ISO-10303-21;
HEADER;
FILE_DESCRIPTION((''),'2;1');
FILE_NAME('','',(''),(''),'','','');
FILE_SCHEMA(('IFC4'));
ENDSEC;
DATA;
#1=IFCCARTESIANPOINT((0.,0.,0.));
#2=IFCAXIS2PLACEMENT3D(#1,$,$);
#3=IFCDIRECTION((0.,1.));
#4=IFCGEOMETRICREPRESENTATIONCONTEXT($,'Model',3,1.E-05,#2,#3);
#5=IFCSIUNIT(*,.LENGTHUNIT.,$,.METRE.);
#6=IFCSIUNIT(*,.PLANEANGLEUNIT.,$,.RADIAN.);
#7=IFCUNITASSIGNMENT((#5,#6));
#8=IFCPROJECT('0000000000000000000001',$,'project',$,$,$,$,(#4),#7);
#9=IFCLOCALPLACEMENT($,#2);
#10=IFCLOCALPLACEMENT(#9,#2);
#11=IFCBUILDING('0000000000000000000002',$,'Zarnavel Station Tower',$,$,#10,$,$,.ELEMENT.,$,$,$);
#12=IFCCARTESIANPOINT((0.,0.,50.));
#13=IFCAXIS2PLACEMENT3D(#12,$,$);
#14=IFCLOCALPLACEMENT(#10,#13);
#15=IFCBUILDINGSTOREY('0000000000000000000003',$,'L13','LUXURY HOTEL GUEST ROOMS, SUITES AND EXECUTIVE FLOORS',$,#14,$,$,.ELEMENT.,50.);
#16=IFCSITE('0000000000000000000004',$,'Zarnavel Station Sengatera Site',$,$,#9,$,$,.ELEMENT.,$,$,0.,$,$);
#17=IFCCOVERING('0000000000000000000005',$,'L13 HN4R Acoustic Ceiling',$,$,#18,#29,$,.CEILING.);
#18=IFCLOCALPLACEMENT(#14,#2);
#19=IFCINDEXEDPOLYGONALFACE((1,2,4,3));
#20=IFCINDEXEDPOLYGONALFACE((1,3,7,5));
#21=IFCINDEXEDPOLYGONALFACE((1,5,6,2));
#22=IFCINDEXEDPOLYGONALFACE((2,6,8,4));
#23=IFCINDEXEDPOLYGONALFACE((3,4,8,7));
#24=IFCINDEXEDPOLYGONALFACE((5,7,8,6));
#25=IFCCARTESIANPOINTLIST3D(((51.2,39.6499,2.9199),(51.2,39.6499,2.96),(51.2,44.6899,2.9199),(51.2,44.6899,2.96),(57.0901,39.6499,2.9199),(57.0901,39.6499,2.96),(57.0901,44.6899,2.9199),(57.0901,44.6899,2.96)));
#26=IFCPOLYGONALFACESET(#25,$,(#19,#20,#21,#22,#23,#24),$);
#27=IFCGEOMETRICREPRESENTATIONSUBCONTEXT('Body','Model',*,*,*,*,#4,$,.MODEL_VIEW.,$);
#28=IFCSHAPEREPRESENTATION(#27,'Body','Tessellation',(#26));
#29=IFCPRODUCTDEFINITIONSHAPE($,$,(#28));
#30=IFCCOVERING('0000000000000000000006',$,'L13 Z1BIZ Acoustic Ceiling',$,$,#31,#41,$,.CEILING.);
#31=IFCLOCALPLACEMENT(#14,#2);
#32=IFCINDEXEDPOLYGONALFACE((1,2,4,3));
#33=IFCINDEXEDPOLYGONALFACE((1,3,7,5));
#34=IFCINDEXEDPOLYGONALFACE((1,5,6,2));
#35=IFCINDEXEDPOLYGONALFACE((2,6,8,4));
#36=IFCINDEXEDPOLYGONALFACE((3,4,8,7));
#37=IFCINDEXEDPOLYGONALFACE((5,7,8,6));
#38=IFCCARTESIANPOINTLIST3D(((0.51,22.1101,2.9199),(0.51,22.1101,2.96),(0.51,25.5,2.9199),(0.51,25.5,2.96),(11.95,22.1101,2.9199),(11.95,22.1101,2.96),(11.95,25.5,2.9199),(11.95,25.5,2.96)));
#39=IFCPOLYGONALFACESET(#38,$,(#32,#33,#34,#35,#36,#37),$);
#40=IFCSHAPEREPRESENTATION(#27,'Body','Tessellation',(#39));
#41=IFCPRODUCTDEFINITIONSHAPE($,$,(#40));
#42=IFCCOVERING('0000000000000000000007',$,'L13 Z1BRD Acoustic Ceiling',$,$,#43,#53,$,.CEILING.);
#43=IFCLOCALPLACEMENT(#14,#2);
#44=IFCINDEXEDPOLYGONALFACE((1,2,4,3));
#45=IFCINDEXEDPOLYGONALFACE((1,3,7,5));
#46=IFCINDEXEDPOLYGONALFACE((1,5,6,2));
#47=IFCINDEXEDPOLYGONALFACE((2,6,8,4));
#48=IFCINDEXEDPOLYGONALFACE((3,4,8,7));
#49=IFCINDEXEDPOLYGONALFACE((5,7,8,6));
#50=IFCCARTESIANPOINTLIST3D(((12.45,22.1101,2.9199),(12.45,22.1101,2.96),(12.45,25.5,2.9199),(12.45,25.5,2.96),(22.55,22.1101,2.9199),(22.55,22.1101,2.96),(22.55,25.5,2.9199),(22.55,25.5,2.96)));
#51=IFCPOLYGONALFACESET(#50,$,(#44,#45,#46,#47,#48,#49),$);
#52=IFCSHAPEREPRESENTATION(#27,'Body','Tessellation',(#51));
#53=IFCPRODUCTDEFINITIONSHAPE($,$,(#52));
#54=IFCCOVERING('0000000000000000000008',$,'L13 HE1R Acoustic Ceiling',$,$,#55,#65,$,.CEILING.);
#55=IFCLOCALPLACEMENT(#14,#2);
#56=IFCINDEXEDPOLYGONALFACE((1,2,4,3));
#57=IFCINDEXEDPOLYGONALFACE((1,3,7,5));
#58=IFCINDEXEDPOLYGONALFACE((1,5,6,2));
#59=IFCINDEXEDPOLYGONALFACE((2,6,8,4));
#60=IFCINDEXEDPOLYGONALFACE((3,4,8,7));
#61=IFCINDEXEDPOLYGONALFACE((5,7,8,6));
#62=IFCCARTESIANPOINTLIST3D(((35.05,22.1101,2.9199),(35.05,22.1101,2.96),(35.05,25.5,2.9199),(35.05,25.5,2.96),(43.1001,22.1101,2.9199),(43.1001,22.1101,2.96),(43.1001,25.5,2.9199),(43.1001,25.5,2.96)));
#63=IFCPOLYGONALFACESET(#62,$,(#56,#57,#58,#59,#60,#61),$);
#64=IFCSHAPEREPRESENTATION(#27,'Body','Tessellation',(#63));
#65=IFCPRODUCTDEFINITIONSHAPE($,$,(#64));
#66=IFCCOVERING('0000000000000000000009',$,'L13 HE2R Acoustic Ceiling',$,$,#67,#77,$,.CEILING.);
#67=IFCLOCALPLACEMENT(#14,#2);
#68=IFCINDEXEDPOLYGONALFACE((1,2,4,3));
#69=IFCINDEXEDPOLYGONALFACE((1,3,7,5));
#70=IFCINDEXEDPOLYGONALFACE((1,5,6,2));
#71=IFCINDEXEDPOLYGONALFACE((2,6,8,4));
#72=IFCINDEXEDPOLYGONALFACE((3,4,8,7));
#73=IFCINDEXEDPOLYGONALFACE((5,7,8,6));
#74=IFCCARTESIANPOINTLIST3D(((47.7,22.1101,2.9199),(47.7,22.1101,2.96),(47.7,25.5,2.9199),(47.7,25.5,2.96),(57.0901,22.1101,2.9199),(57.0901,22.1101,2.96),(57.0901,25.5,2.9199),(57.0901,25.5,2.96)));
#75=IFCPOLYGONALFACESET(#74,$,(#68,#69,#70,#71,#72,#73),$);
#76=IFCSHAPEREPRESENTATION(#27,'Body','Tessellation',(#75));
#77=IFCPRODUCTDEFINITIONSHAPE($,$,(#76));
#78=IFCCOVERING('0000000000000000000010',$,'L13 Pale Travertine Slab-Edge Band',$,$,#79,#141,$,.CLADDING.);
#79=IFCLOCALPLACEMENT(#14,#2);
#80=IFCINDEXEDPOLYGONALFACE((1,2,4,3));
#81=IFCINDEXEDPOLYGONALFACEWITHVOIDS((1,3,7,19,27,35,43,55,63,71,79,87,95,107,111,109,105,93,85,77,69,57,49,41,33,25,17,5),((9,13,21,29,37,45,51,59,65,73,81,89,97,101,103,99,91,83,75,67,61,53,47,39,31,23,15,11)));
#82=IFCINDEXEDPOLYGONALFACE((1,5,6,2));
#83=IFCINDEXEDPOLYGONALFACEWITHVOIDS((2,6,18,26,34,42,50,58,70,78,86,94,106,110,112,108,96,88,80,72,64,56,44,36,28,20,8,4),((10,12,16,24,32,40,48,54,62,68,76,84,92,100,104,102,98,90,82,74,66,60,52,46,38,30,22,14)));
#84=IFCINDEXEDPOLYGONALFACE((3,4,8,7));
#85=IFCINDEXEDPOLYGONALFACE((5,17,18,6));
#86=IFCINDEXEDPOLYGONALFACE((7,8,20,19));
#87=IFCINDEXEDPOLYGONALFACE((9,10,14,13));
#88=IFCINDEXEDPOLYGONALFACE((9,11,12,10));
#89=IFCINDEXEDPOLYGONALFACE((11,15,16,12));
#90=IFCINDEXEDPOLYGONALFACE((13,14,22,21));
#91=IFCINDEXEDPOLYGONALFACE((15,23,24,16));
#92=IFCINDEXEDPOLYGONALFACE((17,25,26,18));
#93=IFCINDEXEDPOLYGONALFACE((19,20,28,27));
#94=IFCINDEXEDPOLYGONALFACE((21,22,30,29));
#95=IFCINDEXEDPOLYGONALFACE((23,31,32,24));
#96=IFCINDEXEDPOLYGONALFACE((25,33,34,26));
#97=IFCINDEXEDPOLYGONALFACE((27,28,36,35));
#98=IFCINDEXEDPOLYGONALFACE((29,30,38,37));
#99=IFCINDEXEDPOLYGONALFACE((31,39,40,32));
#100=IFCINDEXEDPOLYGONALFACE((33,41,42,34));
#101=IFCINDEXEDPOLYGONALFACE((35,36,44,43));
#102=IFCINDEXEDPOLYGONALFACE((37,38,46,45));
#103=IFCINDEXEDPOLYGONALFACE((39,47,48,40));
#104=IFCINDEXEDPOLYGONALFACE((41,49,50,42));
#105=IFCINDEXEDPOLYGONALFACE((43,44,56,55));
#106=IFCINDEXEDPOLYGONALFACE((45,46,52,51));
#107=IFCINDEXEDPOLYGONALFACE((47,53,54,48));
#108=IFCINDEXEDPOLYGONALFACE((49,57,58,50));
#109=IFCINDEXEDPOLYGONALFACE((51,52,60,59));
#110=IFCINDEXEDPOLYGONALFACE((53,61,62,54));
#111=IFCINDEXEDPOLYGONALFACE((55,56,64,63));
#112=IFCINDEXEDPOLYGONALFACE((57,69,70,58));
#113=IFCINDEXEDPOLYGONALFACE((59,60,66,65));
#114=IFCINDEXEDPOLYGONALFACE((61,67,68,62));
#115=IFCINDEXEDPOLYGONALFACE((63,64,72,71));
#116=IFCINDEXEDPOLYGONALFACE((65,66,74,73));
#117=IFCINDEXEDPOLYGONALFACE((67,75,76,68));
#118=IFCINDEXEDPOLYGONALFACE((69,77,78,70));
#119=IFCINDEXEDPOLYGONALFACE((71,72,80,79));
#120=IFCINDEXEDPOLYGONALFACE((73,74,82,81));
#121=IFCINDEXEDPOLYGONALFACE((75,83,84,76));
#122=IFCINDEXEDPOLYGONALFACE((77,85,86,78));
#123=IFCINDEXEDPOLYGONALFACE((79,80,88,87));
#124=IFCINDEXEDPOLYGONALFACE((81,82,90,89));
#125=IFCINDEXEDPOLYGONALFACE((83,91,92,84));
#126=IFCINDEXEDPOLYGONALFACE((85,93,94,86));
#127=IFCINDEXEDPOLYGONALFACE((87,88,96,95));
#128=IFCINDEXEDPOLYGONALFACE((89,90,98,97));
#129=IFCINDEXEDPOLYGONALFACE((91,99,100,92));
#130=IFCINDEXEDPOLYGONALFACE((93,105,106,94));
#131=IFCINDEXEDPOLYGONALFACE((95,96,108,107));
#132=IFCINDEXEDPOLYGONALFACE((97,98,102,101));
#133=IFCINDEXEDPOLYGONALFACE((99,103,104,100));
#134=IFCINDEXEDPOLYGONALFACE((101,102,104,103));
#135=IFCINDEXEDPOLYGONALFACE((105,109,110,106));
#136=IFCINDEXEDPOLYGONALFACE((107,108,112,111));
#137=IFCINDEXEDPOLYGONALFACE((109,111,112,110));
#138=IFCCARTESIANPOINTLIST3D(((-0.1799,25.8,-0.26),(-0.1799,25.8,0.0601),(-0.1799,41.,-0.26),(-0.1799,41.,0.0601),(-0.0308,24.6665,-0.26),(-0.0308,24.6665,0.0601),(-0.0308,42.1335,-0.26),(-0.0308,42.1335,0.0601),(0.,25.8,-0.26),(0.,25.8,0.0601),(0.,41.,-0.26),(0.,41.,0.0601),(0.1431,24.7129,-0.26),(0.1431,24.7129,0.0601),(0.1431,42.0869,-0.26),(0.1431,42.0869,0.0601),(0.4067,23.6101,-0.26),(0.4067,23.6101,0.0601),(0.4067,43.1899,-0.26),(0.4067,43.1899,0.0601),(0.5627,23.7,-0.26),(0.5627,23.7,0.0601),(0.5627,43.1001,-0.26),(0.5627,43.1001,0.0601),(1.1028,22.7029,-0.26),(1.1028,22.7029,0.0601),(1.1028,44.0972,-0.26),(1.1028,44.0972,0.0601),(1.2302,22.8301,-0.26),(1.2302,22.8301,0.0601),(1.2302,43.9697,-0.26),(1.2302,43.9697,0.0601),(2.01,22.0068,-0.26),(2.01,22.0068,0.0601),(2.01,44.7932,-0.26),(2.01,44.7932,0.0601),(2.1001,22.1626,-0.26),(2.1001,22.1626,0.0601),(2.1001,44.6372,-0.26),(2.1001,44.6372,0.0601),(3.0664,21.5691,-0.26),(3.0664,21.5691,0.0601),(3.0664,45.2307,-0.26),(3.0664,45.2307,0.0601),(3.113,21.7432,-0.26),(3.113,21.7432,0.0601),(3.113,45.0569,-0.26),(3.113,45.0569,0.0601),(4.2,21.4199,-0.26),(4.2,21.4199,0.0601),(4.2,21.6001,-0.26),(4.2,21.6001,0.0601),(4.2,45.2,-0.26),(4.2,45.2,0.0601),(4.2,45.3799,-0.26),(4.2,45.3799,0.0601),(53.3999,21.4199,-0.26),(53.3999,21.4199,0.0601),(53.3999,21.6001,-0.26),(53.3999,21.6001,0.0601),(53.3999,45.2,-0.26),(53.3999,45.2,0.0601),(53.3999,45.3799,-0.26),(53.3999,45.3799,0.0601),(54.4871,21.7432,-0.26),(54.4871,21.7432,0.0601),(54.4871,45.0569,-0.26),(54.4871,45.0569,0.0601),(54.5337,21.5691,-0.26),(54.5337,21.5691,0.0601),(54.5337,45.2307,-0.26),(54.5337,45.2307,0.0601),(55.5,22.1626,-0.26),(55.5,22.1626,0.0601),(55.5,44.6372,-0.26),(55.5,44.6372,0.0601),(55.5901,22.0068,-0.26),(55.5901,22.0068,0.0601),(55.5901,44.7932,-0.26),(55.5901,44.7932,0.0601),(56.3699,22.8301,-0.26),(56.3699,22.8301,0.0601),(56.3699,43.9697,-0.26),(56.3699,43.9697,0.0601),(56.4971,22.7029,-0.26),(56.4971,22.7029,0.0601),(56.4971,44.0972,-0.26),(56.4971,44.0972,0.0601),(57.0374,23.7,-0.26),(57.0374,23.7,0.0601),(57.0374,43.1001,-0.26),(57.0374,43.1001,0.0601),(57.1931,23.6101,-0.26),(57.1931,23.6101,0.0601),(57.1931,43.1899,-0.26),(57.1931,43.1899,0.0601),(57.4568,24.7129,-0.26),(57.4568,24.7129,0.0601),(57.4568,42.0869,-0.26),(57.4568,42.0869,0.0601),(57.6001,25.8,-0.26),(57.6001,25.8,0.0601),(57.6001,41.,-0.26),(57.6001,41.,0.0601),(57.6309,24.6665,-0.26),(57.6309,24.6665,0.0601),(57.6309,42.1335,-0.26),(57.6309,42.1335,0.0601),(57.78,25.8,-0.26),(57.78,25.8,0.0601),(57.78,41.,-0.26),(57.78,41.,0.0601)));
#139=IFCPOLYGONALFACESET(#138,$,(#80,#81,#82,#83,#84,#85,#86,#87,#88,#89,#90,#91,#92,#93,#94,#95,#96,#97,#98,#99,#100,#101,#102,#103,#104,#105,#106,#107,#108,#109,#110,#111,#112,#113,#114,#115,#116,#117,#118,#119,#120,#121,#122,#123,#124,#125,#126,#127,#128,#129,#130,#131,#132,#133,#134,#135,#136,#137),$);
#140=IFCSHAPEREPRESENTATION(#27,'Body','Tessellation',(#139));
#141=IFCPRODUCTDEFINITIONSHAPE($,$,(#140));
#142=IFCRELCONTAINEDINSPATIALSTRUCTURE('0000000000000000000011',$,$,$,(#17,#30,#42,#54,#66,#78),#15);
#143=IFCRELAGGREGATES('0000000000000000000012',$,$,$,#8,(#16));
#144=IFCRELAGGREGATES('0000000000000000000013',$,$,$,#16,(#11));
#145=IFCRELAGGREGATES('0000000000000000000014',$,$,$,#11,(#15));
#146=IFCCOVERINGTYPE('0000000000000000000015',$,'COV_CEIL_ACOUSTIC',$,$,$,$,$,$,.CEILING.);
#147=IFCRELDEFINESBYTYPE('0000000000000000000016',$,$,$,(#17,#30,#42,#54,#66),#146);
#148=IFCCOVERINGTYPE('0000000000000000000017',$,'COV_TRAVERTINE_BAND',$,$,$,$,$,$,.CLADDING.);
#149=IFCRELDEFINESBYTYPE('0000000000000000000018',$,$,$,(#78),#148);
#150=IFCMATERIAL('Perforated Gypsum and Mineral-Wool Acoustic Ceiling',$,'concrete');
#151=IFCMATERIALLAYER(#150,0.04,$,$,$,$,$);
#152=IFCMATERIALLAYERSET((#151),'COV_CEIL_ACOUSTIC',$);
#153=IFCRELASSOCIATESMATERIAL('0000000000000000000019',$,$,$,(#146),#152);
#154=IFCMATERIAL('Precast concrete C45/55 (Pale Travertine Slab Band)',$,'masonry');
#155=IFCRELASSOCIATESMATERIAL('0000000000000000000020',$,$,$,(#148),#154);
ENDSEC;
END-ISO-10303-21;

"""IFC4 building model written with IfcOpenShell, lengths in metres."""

from ifc_helpers import new_model, si_unit, direction, frame, origin, place, context, subcontext, project, spatial, polyline, outline, extrude, material, layer, layer_set, type_object, element, save


model = new_model("IFC4")

# Units and contexts
model_context = context("Model", 3, precision=1e-05, world=origin(), true_north=direction((0.0, 1.0)))
body_context = subcontext(model_context, "Body", "Model", "MODEL_VIEW")
ifc_project = project(units=[si_unit("LENGTHUNIT", "METRE"), si_unit("PLANEANGLEUNIT", "RADIAN")], contexts=[model_context])

# Site, building, storey
site_placement = place(None, origin())
site = spatial("IfcSite", under=ifc_project, at=site_placement, Name="Zarnavel Station Sengatera Site", CompositionType="ELEMENT", RefElevation=0.0)
building_placement = place(site_placement, origin())
building = spatial("IfcBuilding", under=site, at=building_placement, Name="Zarnavel Station Tower", CompositionType="ELEMENT")
storey_placement = place(building_placement, frame((0.0, 0.0, 50.0)))
storey = spatial("IfcBuildingStorey", under=building, at=storey_placement, Name="L13", Description="LUXURY HOTEL GUEST ROOMS, SUITES AND EXECUTIVE FLOORS", CompositionType="ELEMENT", Elevation=50.0)

# Coverings
ifc_material_1 = material(Name="Perforated Gypsum and Mineral-Wool Acoustic Ceiling", Category="concrete")
ifc_layer_1 = layer(ifc_material_1, 0.04)
ifc_layer_set_1 = layer_set([ifc_layer_1], Name="COV_CEIL_ACOUSTIC")
covering_type_1 = type_object("IfcCoveringType", Name="COV_CEIL_ACOUSTIC", PredefinedType="CEILING", material=ifc_layer_set_1)
covering_1_placement = place(storey_placement, frame((0.0, 0.0, 2.9199)))
element("IfcCovering", 1, at=covering_1_placement, inside=storey, type_object=covering_type_1, Name="L13 HN4R Acoustic Ceiling", PredefinedType="CEILING", context=body_context, shape_type="SweptSolid", body=[
    extrude(outline(polyline([(51.2, 39.6499), (57.0901, 39.6499), (57.0901, 44.6899), (51.2, 44.6899), (51.2, 39.6499)])), origin(), (0.0, 0.0, 1.0), 0.04),
])
covering_2_placement = place(storey_placement, frame((0.0, 0.0, 2.9199)))
element("IfcCovering", 2, at=covering_2_placement, inside=storey, type_object=covering_type_1, Name="L13 Z1BIZ Acoustic Ceiling", PredefinedType="CEILING", context=body_context, shape_type="SweptSolid", body=[
    extrude(outline(polyline([(0.51, 22.1101), (11.95, 22.1101), (11.95, 25.5), (0.51, 25.5), (0.51, 22.1101)])), origin(), (0.0, 0.0, 1.0), 0.04),
])
covering_3_placement = place(storey_placement, frame((0.0, 0.0, 2.9199)))
element("IfcCovering", 3, at=covering_3_placement, inside=storey, type_object=covering_type_1, Name="L13 Z1BRD Acoustic Ceiling", PredefinedType="CEILING", context=body_context, shape_type="SweptSolid", body=[
    extrude(outline(polyline([(12.45, 22.1101), (22.55, 22.1101), (22.55, 25.5), (12.45, 25.5), (12.45, 22.1101)])), origin(), (0.0, 0.0, 1.0), 0.04),
])
covering_4_placement = place(storey_placement, frame((0.0, 0.0, 2.9199)))
element("IfcCovering", 4, at=covering_4_placement, inside=storey, type_object=covering_type_1, Name="L13 HE1R Acoustic Ceiling", PredefinedType="CEILING", context=body_context, shape_type="SweptSolid", body=[
    extrude(outline(polyline([(35.05, 22.1101), (43.1001, 22.1101), (43.1001, 25.5), (35.05, 25.5), (35.05, 22.1101)])), origin(), (0.0, 0.0, 1.0), 0.04),
])
covering_5_placement = place(storey_placement, frame((0.0, 0.0, 2.9199)))
element("IfcCovering", 5, at=covering_5_placement, inside=storey, type_object=covering_type_1, Name="L13 HE2R Acoustic Ceiling", PredefinedType="CEILING", context=body_context, shape_type="SweptSolid", body=[
    extrude(outline(polyline([(47.7, 22.1101), (57.0901, 22.1101), (57.0901, 25.5), (47.7, 25.5), (47.7, 22.1101)])), origin(), (0.0, 0.0, 1.0), 0.04),
])
ifc_material_2 = material(Name="Precast concrete C45/55 (Pale Travertine Slab Band)", Category="masonry")
covering_type_2 = type_object("IfcCoveringType", Name="COV_TRAVERTINE_BAND", PredefinedType="CLADDING", material=ifc_material_2)
covering_6_placement = place(storey_placement, frame((0.0, 0.0, -0.26)))
element("IfcCovering", 6, at=covering_6_placement, inside=storey, type_object=covering_type_2, Name="L13 Pale Travertine Slab-Edge Band", PredefinedType="CLADDING", context=body_context, shape_type="SweptSolid", body=[
    extrude(outline(polyline([(53.3999, 21.4199), (54.5337, 21.5691), (55.5901, 22.0068), (56.4971, 22.7029), (57.1931, 23.6101), (57.6309, 24.6665), (57.78, 25.8), (57.78, 41.0), (57.6309, 42.1335), (57.1931, 43.1899), (56.4971, 44.0972), (55.5901, 44.7932), (54.5337, 45.2307), (53.3999, 45.3799), (4.2, 45.3799), (3.0664, 45.2307), (2.01, 44.7932), (1.1028, 44.0972), (0.4067, 43.1899), (-0.0308, 42.1335), (-0.1799, 41.0), (-0.1799, 25.8), (-0.0308, 24.6665), (0.4067, 23.6101), (1.1028, 22.7029), (2.01, 22.0068), (3.0664, 21.5691), (4.2, 21.4199), (53.3999, 21.4199)]), holes=[polyline([(53.3999, 21.6001), (54.4871, 21.7432), (55.5, 22.1626), (56.3699, 22.8301), (57.0374, 23.7), (57.4568, 24.7129), (57.6001, 25.8), (57.6001, 41.0), (57.4568, 42.0869), (57.0374, 43.1001), (56.3699, 43.9697), (55.5, 44.6372), (54.4871, 45.0569), (53.3999, 45.2), (4.2, 45.2), (3.113, 45.0569), (2.1001, 44.6372), (1.2302, 43.9697), (0.5627, 43.1001), (0.1431, 42.0869), (0.0, 41.0), (0.0, 25.8), (0.1431, 24.7129), (0.5627, 23.7), (1.2302, 22.8301), (2.1001, 22.1626), (3.113, 21.7432), (4.2, 21.6001), (53.3999, 21.6001)])]), origin(), (0.0, 0.0, 1.0), 0.3201),
])

save(model, "model.ifc")
